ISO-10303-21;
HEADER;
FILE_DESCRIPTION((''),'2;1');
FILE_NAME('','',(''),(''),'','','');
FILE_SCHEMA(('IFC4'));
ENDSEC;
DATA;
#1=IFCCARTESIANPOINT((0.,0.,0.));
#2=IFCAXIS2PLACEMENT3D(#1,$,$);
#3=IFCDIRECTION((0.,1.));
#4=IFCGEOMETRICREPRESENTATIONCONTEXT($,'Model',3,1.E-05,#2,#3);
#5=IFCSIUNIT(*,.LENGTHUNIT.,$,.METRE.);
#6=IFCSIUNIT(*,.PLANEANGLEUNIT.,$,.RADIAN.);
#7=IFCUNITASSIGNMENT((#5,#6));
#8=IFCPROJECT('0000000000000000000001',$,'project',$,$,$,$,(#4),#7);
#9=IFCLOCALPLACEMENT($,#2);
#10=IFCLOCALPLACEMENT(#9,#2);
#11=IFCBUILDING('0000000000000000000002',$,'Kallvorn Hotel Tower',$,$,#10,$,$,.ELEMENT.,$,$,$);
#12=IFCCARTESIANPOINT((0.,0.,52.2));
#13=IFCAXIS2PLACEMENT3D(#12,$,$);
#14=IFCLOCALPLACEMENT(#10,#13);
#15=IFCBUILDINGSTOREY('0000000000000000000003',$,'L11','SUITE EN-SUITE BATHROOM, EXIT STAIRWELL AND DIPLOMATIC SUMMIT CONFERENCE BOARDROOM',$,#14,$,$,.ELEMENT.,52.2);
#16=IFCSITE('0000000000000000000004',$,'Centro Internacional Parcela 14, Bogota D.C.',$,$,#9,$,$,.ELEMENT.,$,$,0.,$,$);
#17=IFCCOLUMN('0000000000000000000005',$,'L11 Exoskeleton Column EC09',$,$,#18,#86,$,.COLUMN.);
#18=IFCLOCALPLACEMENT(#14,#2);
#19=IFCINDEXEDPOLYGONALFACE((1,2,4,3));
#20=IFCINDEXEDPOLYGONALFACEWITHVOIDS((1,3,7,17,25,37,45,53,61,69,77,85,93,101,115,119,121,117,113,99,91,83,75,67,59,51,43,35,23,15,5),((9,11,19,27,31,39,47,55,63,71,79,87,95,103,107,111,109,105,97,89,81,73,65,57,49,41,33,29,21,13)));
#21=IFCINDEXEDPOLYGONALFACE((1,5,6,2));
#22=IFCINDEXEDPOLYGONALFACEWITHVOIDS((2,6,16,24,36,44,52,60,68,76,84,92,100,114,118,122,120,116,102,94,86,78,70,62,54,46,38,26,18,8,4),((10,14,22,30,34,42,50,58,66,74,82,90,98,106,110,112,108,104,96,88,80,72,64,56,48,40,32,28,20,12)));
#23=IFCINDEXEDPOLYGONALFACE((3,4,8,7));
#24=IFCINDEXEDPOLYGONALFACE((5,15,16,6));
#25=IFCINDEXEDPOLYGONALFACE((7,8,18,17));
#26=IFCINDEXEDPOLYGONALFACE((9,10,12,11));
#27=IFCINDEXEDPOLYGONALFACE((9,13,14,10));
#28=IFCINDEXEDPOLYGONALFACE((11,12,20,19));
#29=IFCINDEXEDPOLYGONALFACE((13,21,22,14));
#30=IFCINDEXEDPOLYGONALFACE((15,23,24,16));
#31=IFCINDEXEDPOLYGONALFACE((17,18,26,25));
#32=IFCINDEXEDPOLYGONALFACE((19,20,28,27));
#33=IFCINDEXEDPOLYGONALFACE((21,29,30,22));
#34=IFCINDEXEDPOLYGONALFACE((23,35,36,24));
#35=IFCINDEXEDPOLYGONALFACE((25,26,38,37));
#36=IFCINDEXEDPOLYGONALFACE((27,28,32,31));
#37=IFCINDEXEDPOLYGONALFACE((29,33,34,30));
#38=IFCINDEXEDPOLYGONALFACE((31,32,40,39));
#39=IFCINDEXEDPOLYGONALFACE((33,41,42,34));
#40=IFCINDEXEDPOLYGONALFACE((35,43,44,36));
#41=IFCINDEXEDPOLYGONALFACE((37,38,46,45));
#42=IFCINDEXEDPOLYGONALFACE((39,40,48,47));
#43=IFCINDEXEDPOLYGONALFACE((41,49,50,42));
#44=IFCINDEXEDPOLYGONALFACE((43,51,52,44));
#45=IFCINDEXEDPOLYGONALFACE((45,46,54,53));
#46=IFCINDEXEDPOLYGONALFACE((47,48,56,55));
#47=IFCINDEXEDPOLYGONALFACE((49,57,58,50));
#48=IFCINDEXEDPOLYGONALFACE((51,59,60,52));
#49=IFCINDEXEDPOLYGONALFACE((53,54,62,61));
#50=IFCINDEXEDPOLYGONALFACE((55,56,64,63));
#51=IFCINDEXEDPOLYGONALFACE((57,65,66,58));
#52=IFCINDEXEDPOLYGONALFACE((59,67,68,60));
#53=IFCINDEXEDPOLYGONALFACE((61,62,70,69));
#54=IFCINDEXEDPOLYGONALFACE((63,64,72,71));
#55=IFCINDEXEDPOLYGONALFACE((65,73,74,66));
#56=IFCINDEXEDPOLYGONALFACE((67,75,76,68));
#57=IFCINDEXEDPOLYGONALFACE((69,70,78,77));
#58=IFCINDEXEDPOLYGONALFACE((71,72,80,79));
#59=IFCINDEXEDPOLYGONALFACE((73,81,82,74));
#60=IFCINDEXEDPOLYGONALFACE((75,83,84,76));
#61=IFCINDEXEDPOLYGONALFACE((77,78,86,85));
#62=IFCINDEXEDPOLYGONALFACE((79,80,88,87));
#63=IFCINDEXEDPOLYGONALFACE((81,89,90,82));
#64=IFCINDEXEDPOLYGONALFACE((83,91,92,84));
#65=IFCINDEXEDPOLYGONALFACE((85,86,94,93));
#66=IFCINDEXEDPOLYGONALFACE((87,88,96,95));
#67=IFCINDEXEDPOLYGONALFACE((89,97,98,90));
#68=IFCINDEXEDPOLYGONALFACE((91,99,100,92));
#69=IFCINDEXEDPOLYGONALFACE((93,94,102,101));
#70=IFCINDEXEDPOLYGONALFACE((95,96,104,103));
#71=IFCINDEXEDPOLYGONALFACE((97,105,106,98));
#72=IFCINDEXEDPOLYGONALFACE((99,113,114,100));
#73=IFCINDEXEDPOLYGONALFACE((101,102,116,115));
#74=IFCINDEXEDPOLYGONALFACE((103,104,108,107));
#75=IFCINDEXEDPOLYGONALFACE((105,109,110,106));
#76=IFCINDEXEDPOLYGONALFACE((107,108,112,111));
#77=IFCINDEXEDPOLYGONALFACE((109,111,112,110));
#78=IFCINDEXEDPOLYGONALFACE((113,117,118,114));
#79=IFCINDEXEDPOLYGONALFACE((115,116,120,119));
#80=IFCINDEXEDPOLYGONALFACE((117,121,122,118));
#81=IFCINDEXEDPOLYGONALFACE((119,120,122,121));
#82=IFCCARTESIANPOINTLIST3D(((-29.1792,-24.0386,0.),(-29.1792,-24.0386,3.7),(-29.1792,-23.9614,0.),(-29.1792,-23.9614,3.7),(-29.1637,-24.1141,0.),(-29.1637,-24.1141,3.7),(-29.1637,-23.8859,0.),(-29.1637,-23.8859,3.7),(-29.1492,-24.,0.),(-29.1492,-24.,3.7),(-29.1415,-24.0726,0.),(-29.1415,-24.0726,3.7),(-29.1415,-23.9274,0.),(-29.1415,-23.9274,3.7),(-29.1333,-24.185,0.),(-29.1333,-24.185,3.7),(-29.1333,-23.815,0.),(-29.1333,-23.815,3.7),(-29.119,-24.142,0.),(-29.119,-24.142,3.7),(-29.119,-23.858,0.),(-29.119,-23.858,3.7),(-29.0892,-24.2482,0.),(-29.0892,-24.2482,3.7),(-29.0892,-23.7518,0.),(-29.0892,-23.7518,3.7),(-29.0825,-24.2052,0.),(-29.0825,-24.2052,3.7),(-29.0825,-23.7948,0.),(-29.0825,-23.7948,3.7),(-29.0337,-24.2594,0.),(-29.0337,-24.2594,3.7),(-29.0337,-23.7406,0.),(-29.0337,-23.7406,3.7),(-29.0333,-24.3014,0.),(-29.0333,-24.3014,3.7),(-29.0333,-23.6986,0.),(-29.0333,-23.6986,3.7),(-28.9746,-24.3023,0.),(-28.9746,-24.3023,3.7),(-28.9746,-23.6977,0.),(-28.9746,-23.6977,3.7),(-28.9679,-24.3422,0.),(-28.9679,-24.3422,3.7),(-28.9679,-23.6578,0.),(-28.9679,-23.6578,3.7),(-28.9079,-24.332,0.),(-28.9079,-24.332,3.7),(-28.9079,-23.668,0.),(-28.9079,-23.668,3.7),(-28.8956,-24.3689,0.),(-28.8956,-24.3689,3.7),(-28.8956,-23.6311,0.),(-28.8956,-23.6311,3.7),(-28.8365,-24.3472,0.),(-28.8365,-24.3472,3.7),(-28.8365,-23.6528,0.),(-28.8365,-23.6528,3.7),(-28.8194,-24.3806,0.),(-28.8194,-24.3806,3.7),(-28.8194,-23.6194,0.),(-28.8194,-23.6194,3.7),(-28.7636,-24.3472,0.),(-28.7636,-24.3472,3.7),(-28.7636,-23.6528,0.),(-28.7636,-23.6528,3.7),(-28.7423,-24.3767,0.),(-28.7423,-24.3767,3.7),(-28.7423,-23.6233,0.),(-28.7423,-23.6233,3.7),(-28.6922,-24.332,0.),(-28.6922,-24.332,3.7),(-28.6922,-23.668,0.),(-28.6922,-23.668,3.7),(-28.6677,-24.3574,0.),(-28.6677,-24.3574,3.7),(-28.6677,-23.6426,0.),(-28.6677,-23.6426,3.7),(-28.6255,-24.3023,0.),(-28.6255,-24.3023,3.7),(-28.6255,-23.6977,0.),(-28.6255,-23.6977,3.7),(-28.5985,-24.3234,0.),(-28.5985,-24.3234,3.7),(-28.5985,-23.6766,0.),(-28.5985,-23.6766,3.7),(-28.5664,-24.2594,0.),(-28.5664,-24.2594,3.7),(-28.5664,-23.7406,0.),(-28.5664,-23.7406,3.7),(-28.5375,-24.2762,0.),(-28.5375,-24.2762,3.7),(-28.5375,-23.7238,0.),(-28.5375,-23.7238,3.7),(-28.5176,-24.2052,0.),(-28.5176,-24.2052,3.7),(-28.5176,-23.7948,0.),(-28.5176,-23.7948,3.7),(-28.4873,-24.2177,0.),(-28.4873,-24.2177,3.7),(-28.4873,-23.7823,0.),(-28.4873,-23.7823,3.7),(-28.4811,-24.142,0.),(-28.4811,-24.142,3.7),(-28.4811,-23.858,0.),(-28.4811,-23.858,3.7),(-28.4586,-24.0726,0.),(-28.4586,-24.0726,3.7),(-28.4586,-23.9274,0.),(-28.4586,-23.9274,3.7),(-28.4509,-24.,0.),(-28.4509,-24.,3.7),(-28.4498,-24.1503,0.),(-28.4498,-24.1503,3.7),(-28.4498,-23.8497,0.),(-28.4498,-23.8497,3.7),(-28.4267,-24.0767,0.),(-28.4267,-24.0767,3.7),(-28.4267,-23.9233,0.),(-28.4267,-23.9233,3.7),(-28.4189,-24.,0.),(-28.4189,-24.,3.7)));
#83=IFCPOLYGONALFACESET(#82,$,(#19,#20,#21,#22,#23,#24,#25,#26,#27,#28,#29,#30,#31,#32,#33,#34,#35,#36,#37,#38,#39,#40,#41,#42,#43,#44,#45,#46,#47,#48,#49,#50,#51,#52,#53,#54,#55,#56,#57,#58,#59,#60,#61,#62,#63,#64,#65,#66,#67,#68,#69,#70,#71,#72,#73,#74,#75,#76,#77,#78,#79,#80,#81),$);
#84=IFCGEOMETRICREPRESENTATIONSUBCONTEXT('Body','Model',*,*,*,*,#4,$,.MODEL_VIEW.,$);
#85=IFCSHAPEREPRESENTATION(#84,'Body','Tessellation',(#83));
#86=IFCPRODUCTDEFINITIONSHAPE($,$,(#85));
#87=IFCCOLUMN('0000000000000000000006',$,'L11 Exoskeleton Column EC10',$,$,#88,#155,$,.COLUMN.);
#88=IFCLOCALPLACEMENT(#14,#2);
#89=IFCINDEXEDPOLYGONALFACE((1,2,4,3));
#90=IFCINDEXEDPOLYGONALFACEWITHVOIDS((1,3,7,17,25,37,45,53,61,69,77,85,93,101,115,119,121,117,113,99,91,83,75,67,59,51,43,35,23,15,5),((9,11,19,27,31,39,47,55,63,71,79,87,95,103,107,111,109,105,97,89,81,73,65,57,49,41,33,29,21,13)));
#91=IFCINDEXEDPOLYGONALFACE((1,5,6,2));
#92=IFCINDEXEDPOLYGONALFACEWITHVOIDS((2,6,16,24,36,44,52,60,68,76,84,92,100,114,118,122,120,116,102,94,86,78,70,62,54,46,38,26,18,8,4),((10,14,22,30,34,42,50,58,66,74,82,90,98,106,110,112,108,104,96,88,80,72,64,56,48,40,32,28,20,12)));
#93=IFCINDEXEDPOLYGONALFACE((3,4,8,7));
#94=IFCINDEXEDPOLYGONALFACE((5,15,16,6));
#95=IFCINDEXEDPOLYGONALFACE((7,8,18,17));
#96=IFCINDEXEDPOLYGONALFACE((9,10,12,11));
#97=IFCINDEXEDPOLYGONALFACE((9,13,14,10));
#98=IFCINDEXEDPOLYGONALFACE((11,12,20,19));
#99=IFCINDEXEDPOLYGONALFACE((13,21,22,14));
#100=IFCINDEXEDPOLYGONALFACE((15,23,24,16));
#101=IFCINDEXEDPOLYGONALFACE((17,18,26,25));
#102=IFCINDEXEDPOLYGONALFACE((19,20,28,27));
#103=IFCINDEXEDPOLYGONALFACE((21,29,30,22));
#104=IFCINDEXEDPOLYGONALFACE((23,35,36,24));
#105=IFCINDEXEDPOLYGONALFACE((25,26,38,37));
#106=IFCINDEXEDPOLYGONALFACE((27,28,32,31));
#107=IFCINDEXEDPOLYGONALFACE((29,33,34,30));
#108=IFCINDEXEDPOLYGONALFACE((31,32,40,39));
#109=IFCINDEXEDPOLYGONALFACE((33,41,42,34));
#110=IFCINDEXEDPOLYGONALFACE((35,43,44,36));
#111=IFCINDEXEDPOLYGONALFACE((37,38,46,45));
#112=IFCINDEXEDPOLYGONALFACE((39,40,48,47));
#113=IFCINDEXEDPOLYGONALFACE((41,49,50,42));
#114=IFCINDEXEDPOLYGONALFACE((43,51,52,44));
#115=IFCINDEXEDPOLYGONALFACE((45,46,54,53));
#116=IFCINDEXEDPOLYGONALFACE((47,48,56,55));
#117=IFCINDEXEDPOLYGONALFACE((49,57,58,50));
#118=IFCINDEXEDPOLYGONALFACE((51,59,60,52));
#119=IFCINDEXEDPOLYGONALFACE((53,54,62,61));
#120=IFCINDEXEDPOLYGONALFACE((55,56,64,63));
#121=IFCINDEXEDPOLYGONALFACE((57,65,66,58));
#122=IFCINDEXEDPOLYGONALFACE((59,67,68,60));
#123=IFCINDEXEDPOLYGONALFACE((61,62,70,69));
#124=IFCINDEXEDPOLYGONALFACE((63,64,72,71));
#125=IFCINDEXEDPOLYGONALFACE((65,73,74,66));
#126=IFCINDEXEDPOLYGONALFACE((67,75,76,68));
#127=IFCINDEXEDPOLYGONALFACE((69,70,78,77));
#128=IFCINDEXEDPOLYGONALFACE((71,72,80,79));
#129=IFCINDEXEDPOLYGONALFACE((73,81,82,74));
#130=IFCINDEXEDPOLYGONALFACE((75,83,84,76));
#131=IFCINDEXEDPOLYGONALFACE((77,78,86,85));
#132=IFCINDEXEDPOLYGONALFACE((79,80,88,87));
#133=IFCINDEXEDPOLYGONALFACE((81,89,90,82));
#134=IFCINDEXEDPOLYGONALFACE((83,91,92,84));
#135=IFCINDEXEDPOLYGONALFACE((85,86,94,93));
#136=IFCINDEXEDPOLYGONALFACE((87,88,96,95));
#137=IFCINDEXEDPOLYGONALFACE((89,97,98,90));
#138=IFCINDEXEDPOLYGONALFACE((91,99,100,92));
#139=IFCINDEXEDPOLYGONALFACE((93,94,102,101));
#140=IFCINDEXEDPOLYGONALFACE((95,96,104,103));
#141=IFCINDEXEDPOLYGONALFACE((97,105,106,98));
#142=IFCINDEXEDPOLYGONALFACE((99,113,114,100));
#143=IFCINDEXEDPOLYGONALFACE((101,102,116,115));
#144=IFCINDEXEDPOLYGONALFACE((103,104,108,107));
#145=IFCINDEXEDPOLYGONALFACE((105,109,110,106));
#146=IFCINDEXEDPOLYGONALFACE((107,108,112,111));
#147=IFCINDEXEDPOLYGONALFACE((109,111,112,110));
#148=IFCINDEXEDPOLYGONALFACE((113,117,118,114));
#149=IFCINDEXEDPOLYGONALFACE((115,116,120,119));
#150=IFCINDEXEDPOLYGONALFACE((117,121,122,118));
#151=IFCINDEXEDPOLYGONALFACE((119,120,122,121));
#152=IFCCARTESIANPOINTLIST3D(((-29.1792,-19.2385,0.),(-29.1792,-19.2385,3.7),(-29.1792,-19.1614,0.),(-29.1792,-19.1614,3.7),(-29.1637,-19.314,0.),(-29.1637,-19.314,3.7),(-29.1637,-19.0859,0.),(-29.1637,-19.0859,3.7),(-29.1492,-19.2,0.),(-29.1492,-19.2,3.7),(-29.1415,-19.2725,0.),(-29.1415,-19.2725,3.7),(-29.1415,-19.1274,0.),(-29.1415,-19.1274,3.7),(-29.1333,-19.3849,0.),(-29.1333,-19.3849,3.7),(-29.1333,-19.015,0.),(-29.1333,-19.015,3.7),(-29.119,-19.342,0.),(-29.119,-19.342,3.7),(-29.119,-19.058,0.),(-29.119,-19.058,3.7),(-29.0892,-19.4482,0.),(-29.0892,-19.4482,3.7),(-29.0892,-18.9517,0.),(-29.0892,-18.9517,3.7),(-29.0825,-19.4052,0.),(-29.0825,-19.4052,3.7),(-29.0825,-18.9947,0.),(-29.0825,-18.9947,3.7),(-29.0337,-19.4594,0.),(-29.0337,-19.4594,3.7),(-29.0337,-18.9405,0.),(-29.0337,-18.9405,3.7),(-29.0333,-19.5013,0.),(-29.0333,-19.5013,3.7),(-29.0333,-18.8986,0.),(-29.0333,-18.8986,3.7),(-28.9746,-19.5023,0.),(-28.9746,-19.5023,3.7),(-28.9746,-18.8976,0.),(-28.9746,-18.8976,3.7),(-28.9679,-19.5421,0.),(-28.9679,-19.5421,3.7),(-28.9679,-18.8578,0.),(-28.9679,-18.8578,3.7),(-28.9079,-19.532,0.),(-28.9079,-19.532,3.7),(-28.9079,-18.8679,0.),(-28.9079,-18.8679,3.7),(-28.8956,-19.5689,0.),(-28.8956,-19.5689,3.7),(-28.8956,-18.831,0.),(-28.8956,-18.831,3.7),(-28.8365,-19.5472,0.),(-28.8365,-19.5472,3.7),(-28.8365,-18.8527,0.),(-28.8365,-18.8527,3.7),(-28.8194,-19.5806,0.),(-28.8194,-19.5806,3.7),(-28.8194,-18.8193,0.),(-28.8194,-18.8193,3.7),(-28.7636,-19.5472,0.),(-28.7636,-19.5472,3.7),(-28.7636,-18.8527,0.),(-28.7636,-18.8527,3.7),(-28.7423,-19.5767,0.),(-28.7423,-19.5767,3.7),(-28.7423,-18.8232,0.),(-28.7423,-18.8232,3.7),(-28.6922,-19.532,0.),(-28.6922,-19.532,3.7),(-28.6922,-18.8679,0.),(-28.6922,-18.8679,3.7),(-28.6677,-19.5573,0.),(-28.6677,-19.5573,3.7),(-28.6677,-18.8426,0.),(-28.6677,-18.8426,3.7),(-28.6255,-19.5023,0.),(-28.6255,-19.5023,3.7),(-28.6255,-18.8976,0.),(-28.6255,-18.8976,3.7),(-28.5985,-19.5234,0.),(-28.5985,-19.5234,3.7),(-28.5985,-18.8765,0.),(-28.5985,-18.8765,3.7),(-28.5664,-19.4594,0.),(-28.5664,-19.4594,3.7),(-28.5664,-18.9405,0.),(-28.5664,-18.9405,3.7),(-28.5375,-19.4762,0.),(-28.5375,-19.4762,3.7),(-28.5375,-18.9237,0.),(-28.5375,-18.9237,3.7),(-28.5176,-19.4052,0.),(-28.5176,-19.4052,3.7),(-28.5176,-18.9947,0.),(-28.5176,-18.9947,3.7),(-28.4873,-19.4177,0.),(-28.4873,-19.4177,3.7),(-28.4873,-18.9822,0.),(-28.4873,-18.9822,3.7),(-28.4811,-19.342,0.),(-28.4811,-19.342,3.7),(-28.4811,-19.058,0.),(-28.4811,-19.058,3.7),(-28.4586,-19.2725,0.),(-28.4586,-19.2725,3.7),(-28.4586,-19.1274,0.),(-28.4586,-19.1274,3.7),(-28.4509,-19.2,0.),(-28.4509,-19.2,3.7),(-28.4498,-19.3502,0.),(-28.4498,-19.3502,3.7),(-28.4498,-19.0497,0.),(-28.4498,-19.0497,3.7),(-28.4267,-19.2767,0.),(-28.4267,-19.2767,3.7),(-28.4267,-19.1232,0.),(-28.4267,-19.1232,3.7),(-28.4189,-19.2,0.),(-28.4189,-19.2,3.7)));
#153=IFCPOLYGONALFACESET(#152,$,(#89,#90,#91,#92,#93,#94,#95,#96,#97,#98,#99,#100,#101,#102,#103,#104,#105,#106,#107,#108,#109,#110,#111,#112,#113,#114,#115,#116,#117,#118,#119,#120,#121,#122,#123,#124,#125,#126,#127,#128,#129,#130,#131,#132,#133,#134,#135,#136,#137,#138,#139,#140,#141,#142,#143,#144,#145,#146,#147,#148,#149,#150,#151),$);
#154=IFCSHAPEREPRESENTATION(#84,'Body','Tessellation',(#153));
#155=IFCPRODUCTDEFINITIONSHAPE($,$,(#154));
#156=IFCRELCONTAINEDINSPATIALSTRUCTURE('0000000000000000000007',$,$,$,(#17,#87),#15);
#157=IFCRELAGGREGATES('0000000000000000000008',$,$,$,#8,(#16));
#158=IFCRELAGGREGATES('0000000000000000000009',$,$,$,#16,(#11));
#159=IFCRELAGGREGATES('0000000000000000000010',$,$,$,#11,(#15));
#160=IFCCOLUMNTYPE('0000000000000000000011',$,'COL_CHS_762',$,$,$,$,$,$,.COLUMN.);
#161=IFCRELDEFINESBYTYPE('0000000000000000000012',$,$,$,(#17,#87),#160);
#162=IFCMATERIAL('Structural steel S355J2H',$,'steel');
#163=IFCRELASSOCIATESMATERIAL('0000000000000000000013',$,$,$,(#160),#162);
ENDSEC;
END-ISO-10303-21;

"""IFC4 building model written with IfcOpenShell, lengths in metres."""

from ifc_helpers import new_model, si_unit, direction, frame, origin, origin_2d, place, context, subcontext, project, spatial, hollow_circle, extrude, material, material_profile, profile_set, type_object, element, save


model = new_model("IFC4")

# Units and contexts
model_context = context("Model", 3, precision=1e-05, world=origin(), true_north=direction((0.0, 1.0)))
body_context = subcontext(model_context, "Body", "Model", "MODEL_VIEW")
ifc_project = project(units=[si_unit("LENGTHUNIT", "METRE"), si_unit("PLANEANGLEUNIT", "RADIAN")], contexts=[model_context])

# Site, building, storey
site_placement = place(None, origin())
site = spatial("IfcSite", under=ifc_project, at=site_placement, Name="Centro Internacional Parcela 14, Bogota D.C.", CompositionType="ELEMENT", RefElevation=0.0)
building_placement = place(site_placement, origin())
building = spatial("IfcBuilding", under=site, at=building_placement, Name="Kallvorn Hotel Tower", CompositionType="ELEMENT")
storey_placement = place(building_placement, frame((0.0, 0.0, 52.2)))
storey = spatial("IfcBuildingStorey", under=building, at=storey_placement, Name="L11", Description="SUITE EN-SUITE BATHROOM, EXIT STAIRWELL AND DIPLOMATIC SUMMIT CONFERENCE BOARDROOM", CompositionType="ELEMENT", Elevation=52.2)

# Columns
ifc_material_1 = material(Name="Structural steel S355J2H", Category="steel")
ifc_material_profile_1 = material_profile(ifc_material_1, hollow_circle(Radius=0.3811, WallThickness=0.032, at=origin_2d()), Name="CHS 762x32")
ifc_profile_set_1 = profile_set([ifc_material_profile_1], Name="Structural steel S355J2H")
column_type = type_object("IfcColumnType", Name="COL_CHS_762", PredefinedType="COLUMN", material=ifc_profile_set_1)
for number, where, z_axis, x_axis, name in (
    (1, (-28.8, -24.0, 0.0), (0.0, 0.0, 1.0), (1.0, 0.0, 0.0), "L11 Exoskeleton Column EC09"),
    (2, (-28.8, -19.2, 0.0), (0.0, 0.0, 1.0), (1.0, 0.0, 0.0), "L11 Exoskeleton Column EC10"),
):
    element("IfcColumn", number, at=place(storey_placement, frame(where, z_axis=z_axis, x_axis=x_axis)), inside=storey, type_object=column_type, Name=name, PredefinedType="COLUMN", context=body_context, shape_type="SweptSolid", body=[
        extrude(hollow_circle(Radius=0.3811, WallThickness=0.032, at=origin_2d()), origin(), (0.0, 0.0, 1.0), 3.7),
    ])

save(model, "model.ifc")
